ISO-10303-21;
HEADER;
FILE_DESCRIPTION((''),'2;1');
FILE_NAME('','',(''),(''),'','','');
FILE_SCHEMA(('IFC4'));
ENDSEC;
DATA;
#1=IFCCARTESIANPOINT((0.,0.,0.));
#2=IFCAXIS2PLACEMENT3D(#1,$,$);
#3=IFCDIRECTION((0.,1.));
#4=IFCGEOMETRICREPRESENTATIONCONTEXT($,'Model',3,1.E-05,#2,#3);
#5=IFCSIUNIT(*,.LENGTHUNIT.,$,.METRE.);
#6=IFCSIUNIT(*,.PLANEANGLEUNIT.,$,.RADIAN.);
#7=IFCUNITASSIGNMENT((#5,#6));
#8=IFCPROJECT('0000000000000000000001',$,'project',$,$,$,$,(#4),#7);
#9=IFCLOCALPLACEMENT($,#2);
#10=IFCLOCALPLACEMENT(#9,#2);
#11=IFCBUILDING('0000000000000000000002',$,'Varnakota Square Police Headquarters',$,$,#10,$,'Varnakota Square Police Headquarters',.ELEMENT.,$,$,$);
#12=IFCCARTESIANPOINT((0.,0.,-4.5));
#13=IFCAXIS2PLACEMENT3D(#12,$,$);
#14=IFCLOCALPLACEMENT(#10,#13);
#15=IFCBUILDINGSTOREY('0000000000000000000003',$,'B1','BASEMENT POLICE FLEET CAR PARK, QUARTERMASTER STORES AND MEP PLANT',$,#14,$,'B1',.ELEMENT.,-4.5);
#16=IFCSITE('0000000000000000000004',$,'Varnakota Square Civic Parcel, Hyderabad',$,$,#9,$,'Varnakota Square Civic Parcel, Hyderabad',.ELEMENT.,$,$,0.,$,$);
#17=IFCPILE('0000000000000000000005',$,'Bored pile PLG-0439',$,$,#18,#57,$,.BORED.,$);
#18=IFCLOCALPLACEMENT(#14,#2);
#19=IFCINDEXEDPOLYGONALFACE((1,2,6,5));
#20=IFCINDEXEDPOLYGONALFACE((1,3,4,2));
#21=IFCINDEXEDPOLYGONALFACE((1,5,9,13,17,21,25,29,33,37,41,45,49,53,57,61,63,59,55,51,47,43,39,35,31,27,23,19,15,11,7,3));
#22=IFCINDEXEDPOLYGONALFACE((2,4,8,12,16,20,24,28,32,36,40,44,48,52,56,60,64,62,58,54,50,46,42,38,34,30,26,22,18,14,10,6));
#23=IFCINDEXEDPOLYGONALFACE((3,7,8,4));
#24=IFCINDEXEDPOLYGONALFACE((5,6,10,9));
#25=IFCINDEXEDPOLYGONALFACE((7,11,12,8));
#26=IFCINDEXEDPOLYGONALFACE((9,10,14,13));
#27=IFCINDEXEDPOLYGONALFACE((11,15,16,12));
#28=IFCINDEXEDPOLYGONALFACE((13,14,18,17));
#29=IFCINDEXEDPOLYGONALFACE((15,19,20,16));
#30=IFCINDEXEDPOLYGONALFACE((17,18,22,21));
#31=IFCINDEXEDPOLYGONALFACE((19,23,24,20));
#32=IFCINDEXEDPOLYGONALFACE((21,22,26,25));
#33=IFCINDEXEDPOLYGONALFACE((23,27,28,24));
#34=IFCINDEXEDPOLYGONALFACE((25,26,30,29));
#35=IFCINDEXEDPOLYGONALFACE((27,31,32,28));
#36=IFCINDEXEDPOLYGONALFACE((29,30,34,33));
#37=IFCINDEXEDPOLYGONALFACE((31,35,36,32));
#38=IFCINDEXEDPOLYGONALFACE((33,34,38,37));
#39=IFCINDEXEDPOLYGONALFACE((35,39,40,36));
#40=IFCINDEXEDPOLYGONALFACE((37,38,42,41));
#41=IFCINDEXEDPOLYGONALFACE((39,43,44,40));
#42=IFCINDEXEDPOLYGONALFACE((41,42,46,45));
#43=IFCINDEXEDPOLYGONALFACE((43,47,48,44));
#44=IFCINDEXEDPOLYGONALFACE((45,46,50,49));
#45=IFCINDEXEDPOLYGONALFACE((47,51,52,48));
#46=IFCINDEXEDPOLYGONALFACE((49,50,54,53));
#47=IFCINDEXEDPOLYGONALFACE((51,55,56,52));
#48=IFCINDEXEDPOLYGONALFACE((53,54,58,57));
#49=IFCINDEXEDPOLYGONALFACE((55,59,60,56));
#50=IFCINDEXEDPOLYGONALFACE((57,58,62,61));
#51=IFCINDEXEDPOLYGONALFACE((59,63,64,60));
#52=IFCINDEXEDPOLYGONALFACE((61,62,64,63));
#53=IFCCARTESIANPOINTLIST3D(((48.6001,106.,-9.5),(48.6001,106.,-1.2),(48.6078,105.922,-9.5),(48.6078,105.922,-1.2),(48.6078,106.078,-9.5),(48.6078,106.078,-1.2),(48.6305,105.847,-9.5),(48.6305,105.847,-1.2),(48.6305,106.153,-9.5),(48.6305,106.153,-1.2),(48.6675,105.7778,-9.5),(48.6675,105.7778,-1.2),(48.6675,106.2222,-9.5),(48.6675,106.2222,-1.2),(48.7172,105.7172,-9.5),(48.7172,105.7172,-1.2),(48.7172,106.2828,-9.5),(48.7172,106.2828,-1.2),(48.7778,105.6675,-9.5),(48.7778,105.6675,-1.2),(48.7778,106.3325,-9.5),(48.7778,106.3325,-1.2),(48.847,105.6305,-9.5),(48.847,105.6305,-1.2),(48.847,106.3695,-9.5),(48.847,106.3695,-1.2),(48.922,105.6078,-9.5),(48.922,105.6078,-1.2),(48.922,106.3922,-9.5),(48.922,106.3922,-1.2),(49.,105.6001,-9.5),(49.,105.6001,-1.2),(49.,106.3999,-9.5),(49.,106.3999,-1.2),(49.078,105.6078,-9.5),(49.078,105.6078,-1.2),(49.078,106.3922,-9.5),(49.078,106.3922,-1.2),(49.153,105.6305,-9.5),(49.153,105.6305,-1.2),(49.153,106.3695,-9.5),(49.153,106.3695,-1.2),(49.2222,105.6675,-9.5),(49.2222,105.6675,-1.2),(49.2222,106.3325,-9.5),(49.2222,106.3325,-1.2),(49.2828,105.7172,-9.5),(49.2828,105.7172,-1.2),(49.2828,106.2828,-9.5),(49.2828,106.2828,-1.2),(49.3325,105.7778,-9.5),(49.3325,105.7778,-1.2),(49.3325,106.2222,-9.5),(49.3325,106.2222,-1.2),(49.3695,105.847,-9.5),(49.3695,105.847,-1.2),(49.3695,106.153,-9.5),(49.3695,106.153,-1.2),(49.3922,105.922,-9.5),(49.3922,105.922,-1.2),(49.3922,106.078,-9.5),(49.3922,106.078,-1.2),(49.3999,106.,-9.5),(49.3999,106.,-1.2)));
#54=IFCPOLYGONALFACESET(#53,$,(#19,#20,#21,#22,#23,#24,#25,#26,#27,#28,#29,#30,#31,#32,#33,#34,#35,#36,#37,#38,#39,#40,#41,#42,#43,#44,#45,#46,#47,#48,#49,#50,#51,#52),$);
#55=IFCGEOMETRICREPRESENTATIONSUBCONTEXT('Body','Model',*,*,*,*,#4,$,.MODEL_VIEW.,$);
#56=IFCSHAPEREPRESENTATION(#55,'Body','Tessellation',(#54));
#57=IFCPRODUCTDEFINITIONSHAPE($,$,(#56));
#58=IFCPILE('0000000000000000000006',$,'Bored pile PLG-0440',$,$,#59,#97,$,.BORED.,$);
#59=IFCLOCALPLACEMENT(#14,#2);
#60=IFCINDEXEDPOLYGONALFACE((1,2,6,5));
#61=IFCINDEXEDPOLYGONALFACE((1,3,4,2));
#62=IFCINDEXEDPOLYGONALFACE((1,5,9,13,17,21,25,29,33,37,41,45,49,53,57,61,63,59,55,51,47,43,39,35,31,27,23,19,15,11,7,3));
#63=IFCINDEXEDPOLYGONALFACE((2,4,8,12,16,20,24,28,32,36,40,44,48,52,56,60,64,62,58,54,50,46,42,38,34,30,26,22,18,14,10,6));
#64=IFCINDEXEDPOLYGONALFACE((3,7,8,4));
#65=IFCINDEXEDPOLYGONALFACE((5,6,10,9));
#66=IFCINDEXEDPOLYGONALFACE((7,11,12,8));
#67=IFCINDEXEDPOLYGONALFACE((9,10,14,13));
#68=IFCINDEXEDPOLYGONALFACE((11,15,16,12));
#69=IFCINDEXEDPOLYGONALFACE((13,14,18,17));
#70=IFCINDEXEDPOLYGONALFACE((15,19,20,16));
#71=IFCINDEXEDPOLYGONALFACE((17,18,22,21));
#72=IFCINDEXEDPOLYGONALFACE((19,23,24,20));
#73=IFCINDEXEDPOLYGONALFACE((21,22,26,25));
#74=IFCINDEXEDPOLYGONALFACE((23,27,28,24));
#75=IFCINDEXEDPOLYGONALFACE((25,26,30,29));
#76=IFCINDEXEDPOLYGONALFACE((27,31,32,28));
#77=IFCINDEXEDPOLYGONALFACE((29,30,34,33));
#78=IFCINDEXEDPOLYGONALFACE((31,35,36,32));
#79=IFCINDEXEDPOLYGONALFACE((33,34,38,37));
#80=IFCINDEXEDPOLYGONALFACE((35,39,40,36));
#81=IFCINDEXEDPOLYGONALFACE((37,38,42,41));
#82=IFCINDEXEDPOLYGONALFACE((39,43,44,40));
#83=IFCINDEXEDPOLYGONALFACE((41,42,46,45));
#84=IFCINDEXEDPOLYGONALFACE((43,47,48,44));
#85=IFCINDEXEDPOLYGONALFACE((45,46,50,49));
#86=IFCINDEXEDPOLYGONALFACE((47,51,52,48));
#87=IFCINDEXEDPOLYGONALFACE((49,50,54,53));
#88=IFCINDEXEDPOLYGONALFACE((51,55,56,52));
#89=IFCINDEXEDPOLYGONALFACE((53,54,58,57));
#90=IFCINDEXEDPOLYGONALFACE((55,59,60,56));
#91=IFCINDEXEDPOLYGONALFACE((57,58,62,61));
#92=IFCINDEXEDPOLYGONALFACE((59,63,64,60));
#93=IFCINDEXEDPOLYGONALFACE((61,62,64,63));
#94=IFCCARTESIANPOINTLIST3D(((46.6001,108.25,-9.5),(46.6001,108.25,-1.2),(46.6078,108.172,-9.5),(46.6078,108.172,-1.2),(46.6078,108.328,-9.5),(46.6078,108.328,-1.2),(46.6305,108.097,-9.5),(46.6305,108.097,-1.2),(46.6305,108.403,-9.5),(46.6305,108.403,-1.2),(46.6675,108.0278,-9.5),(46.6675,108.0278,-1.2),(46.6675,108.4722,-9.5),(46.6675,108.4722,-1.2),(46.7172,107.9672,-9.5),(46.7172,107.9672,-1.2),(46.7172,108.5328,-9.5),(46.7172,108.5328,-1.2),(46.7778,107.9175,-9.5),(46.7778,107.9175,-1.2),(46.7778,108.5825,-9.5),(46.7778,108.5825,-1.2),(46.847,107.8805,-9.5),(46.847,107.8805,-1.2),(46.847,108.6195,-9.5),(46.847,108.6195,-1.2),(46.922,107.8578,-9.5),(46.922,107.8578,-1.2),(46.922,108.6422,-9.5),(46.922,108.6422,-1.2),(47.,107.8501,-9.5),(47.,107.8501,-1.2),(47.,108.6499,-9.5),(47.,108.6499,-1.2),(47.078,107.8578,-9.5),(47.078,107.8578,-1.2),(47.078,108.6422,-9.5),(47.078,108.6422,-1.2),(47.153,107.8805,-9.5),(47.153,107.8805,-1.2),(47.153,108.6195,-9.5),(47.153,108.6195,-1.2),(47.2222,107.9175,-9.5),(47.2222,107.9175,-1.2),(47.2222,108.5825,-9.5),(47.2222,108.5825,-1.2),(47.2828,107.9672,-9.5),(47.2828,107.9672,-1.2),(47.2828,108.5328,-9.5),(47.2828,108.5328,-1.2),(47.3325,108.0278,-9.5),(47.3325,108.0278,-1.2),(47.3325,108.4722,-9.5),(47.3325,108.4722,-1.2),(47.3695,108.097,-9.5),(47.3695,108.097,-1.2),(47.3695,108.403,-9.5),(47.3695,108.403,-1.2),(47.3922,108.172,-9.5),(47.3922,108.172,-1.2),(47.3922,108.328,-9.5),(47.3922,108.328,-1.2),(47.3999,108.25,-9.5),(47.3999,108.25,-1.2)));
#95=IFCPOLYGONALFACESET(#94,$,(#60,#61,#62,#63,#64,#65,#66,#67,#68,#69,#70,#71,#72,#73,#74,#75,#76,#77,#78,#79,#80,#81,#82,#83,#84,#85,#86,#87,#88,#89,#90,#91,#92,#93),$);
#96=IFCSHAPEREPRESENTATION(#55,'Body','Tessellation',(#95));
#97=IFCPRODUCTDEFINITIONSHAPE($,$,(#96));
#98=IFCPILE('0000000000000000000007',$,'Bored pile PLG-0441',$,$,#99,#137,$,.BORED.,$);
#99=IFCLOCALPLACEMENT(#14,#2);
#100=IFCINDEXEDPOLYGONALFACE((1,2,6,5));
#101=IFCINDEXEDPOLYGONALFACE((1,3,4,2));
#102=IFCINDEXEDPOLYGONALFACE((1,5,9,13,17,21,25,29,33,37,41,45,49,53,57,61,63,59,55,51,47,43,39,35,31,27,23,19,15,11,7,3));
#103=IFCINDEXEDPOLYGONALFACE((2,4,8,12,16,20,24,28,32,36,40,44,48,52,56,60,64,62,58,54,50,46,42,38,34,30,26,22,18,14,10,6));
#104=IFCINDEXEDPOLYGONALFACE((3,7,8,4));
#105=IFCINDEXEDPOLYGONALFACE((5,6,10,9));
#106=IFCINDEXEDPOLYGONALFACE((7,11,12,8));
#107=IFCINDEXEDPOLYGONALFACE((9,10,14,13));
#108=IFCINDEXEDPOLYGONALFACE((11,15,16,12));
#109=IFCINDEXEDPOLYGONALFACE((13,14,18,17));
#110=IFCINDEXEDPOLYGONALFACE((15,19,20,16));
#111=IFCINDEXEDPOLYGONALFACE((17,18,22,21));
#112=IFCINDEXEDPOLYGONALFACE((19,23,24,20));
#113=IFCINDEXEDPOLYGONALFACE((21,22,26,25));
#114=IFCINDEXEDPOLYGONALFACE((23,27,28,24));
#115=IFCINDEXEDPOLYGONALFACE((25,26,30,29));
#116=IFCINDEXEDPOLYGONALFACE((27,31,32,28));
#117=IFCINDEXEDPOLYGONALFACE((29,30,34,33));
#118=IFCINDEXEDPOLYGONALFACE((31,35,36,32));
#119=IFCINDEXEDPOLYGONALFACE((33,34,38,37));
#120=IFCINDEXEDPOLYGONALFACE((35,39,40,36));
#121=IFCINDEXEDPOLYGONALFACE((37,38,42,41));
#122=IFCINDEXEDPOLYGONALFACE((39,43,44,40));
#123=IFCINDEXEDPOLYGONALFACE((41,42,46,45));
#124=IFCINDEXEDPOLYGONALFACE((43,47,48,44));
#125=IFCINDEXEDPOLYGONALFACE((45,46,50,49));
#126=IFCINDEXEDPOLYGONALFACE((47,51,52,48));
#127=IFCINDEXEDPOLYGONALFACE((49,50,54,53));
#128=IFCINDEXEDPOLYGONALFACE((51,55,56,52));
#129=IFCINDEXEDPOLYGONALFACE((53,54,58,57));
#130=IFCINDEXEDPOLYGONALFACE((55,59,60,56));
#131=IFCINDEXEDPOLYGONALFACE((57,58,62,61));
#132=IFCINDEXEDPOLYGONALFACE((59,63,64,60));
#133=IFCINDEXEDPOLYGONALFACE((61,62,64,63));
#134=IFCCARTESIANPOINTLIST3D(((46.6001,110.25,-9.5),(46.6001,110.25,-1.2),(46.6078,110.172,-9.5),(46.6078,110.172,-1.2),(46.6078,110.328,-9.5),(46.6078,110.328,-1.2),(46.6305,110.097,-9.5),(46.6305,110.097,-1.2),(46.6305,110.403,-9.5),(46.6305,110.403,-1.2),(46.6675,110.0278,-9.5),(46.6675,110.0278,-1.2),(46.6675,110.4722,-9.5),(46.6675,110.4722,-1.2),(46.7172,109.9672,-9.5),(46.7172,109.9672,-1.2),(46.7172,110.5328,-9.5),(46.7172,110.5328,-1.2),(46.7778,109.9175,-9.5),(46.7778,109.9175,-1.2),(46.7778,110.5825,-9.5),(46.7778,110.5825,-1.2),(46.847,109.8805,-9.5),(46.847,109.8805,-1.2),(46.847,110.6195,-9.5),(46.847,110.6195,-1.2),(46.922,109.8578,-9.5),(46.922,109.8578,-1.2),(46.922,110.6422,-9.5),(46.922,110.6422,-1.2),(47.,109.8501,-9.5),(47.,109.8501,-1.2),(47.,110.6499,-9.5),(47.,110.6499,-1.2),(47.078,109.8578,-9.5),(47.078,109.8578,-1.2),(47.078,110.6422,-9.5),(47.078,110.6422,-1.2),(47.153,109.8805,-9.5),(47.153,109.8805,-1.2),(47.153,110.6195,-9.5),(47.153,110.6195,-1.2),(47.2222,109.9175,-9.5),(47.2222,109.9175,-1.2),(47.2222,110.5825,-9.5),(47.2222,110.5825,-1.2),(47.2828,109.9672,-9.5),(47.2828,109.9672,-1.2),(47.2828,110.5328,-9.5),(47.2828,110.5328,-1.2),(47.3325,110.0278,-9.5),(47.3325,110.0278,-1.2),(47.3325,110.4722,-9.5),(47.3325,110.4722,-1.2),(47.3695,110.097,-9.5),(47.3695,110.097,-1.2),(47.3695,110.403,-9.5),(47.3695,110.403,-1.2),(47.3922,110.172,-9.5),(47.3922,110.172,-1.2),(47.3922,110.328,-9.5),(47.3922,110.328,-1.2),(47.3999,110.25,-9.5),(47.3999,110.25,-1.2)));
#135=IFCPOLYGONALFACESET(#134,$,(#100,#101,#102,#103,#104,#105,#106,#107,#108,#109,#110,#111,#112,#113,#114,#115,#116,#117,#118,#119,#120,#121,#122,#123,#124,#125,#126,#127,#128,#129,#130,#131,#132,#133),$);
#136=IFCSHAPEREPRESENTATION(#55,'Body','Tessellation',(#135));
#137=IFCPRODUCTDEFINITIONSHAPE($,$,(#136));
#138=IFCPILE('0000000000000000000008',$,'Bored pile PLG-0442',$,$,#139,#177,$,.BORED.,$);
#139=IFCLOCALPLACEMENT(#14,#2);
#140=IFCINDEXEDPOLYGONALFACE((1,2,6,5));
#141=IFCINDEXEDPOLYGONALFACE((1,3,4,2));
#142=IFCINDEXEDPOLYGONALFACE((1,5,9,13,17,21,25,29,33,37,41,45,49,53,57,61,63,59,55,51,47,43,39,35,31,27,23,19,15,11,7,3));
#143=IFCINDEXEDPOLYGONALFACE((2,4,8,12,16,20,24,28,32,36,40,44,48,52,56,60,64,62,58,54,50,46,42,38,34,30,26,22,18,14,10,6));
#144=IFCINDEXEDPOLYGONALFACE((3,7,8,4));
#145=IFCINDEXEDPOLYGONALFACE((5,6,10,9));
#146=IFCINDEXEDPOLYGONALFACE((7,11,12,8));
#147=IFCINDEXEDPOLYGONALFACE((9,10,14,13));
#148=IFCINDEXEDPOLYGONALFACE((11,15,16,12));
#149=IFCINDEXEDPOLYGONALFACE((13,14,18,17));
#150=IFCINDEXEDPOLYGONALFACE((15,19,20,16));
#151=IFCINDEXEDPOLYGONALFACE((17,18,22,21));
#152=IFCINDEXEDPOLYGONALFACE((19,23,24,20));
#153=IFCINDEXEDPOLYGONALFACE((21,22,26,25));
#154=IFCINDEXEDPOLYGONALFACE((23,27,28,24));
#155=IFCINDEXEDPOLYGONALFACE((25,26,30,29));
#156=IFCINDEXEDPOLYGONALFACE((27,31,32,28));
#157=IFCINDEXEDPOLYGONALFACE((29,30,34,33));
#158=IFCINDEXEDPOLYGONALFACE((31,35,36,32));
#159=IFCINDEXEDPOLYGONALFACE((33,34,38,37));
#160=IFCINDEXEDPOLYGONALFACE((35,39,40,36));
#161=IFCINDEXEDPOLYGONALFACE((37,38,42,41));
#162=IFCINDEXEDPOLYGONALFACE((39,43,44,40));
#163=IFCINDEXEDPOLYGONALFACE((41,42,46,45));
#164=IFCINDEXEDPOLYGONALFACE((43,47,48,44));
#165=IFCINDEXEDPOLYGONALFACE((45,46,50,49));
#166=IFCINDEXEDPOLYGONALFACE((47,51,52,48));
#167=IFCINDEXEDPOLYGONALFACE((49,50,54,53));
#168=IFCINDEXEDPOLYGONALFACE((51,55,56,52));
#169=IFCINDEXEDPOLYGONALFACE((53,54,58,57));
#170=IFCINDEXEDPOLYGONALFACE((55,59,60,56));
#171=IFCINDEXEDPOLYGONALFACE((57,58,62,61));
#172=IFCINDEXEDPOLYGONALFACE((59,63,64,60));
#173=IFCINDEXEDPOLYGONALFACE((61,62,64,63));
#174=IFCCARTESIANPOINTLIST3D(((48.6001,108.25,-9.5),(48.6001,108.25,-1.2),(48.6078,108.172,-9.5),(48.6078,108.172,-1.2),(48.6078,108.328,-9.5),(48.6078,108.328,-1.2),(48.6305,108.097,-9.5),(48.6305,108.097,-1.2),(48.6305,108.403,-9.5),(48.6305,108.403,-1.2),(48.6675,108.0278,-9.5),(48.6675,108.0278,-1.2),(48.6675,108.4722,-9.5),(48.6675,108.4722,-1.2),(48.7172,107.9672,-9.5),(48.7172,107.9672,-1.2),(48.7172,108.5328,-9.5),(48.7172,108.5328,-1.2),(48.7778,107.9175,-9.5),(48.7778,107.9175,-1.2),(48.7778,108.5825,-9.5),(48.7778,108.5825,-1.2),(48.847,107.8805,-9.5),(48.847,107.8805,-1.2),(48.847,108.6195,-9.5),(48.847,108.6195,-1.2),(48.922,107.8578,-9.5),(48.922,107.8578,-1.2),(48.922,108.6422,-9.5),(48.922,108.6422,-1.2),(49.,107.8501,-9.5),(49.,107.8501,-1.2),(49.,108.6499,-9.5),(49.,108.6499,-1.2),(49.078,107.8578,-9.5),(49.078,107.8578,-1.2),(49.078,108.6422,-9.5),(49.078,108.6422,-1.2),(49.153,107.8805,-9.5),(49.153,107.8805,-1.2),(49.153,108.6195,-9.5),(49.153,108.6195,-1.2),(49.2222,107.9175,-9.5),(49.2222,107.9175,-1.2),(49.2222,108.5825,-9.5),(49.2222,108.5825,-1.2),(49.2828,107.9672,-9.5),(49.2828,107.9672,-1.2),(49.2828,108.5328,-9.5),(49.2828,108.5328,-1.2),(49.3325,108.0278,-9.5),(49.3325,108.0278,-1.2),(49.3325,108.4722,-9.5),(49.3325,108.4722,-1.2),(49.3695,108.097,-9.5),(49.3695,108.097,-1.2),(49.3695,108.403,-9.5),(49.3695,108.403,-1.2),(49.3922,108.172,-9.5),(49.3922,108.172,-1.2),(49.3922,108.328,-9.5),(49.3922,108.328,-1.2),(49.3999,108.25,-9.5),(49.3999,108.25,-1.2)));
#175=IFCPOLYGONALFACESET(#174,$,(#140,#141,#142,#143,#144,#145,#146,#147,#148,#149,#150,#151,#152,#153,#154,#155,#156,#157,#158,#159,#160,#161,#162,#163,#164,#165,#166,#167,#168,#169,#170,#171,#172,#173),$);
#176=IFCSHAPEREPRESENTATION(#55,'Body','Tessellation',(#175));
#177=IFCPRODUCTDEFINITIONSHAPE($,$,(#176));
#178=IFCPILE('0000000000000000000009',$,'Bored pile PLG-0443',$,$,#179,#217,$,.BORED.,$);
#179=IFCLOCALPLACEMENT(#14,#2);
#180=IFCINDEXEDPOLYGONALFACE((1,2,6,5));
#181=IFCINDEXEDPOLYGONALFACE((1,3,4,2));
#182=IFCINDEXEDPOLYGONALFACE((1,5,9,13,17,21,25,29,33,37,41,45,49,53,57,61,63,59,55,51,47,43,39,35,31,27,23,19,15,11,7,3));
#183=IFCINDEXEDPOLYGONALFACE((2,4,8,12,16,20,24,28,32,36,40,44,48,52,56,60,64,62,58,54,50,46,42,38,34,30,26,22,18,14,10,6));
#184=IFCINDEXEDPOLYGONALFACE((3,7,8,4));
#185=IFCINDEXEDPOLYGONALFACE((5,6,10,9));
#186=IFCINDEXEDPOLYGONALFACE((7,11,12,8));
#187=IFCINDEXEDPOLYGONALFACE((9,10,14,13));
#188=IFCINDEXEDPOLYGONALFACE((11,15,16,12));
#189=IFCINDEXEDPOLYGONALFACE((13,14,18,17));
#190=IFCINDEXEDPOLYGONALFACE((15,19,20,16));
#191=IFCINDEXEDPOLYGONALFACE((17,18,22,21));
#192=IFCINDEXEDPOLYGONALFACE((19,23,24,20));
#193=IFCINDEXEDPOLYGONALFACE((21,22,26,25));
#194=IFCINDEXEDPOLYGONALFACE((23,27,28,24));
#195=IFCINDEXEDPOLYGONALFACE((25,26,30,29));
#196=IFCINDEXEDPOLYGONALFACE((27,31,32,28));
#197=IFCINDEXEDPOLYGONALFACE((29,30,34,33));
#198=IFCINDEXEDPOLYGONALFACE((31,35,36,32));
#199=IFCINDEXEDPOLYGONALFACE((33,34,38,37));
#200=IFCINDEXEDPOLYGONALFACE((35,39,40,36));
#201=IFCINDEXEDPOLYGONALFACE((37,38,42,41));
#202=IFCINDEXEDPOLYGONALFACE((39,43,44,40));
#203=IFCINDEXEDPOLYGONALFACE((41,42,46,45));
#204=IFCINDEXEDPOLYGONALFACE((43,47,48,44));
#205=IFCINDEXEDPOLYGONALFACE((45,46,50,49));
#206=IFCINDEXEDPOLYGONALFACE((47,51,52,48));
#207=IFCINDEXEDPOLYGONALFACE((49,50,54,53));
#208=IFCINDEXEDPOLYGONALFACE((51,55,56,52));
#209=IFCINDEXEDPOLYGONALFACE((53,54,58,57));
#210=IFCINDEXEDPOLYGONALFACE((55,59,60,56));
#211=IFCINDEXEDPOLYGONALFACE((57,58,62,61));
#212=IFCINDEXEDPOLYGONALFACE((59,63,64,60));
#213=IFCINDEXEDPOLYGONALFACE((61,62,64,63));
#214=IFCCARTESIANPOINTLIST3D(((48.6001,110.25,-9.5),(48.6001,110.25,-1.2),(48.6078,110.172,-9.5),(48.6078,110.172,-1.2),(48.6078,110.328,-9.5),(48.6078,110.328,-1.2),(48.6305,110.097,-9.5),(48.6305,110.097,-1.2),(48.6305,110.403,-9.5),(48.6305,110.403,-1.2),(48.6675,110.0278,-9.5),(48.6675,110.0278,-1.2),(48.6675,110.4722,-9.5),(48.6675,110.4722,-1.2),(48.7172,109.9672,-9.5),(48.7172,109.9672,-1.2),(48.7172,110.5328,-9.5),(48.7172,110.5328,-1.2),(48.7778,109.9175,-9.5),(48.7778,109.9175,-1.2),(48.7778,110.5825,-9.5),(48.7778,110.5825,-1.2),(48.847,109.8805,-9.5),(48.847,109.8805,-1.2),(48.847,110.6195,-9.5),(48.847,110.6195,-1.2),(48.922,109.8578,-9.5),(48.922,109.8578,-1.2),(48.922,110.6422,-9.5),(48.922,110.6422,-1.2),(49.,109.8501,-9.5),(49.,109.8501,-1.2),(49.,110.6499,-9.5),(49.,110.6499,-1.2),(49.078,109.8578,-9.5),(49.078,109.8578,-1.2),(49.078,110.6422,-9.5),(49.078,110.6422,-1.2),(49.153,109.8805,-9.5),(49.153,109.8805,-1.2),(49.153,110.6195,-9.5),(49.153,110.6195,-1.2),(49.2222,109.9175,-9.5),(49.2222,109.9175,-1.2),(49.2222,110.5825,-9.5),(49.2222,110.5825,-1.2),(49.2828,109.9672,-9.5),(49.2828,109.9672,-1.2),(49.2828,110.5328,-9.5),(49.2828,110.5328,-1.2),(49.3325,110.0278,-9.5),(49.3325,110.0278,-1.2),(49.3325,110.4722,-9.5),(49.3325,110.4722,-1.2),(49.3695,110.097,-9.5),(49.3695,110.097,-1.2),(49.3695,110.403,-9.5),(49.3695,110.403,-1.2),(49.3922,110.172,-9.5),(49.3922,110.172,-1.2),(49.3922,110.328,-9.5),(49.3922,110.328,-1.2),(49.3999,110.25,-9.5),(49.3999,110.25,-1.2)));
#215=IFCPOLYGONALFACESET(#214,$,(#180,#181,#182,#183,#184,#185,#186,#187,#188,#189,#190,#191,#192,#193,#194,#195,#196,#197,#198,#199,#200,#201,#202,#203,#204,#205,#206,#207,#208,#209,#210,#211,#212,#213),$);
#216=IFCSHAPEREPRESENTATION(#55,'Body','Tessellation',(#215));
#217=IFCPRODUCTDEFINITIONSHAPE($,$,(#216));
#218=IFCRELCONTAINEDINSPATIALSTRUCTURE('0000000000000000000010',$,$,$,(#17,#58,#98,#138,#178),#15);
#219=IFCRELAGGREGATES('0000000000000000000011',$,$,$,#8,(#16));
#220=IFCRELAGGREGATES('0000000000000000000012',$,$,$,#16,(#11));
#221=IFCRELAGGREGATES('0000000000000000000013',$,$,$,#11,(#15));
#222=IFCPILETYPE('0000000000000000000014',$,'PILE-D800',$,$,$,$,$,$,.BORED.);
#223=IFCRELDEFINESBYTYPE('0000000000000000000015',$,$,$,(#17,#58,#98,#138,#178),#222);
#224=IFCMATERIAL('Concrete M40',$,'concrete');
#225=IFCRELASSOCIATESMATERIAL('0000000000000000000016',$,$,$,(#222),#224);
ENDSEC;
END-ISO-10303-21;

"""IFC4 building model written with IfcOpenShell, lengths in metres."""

from ifc_helpers import new_model, si_unit, direction, frame, origin, origin_2d, place, context, subcontext, project, spatial, circle, extrude, material, material_profile, profile_set, type_object, element, save


model = new_model("IFC4")

# Units and contexts
model_context = context("Model", 3, precision=1e-05, world=origin(), true_north=direction((0.0, 1.0)))
body_context = subcontext(model_context, "Body", "Model", "MODEL_VIEW")
ifc_project = project(units=[si_unit("LENGTHUNIT", "METRE"), si_unit("PLANEANGLEUNIT", "RADIAN")], contexts=[model_context])

# Site, building, storey
site_placement = place(None, origin())
site = spatial("IfcSite", under=ifc_project, at=site_placement, Name="Varnakota Square Civic Parcel, Hyderabad", LongName="Varnakota Square Civic Parcel, Hyderabad", CompositionType="ELEMENT", RefElevation=0.0)
building_placement = place(site_placement, origin())
building = spatial("IfcBuilding", under=site, at=building_placement, Name="Varnakota Square Police Headquarters", LongName="Varnakota Square Police Headquarters", CompositionType="ELEMENT")
storey_placement = place(building_placement, frame((0.0, 0.0, -4.5)))
storey = spatial("IfcBuildingStorey", under=building, at=storey_placement, Name="B1", Description="BASEMENT POLICE FLEET CAR PARK, QUARTERMASTER STORES AND MEP PLANT", LongName="B1", CompositionType="ELEMENT", Elevation=-4.5)

# Shared definitions
ifc_material_1 = material(Name="Concrete M40", Category="concrete")

# Piles
ifc_material_profile_1 = material_profile(ifc_material_1, circle(Radius=0.3999, at=origin_2d()), Name="BORED PILE 800")
ifc_profile_set_1 = profile_set([ifc_material_profile_1], Name="Concrete M40")
pile_type = type_object("IfcPileType", Name="PILE-D800", PredefinedType="BORED", material=ifc_profile_set_1)
for number, where, z_axis, x_axis, name in (
    (1, (49.0, 106.0, -1.2), (0.0, 0.0, -1.0), (1.0, 0.0, 0.0), "Bored pile PLG-0439"),
    (2, (47.0, 108.25, -1.2), (0.0, 0.0, -1.0), (1.0, 0.0, 0.0), "Bored pile PLG-0440"),
    (3, (47.0, 110.25, -1.2), (0.0, 0.0, -1.0), (1.0, 0.0, 0.0), "Bored pile PLG-0441"),
    (4, (49.0, 108.25, -1.2), (0.0, 0.0, -1.0), (1.0, 0.0, 0.0), "Bored pile PLG-0442"),
    (5, (49.0, 110.25, -1.2), (0.0, 0.0, -1.0), (1.0, 0.0, 0.0), "Bored pile PLG-0443"),
):
    element("IfcPile", number, at=place(storey_placement, frame(where, z_axis=z_axis, x_axis=x_axis)), inside=storey, type_object=pile_type, Name=name, PredefinedType="BORED", context=body_context, shape_type="SweptSolid", body=[
        extrude(circle(Radius=0.3999, at=origin_2d()), origin(), (0.0, 0.0, 1.0), 8.3),
    ])

save(model, "model.ifc")
